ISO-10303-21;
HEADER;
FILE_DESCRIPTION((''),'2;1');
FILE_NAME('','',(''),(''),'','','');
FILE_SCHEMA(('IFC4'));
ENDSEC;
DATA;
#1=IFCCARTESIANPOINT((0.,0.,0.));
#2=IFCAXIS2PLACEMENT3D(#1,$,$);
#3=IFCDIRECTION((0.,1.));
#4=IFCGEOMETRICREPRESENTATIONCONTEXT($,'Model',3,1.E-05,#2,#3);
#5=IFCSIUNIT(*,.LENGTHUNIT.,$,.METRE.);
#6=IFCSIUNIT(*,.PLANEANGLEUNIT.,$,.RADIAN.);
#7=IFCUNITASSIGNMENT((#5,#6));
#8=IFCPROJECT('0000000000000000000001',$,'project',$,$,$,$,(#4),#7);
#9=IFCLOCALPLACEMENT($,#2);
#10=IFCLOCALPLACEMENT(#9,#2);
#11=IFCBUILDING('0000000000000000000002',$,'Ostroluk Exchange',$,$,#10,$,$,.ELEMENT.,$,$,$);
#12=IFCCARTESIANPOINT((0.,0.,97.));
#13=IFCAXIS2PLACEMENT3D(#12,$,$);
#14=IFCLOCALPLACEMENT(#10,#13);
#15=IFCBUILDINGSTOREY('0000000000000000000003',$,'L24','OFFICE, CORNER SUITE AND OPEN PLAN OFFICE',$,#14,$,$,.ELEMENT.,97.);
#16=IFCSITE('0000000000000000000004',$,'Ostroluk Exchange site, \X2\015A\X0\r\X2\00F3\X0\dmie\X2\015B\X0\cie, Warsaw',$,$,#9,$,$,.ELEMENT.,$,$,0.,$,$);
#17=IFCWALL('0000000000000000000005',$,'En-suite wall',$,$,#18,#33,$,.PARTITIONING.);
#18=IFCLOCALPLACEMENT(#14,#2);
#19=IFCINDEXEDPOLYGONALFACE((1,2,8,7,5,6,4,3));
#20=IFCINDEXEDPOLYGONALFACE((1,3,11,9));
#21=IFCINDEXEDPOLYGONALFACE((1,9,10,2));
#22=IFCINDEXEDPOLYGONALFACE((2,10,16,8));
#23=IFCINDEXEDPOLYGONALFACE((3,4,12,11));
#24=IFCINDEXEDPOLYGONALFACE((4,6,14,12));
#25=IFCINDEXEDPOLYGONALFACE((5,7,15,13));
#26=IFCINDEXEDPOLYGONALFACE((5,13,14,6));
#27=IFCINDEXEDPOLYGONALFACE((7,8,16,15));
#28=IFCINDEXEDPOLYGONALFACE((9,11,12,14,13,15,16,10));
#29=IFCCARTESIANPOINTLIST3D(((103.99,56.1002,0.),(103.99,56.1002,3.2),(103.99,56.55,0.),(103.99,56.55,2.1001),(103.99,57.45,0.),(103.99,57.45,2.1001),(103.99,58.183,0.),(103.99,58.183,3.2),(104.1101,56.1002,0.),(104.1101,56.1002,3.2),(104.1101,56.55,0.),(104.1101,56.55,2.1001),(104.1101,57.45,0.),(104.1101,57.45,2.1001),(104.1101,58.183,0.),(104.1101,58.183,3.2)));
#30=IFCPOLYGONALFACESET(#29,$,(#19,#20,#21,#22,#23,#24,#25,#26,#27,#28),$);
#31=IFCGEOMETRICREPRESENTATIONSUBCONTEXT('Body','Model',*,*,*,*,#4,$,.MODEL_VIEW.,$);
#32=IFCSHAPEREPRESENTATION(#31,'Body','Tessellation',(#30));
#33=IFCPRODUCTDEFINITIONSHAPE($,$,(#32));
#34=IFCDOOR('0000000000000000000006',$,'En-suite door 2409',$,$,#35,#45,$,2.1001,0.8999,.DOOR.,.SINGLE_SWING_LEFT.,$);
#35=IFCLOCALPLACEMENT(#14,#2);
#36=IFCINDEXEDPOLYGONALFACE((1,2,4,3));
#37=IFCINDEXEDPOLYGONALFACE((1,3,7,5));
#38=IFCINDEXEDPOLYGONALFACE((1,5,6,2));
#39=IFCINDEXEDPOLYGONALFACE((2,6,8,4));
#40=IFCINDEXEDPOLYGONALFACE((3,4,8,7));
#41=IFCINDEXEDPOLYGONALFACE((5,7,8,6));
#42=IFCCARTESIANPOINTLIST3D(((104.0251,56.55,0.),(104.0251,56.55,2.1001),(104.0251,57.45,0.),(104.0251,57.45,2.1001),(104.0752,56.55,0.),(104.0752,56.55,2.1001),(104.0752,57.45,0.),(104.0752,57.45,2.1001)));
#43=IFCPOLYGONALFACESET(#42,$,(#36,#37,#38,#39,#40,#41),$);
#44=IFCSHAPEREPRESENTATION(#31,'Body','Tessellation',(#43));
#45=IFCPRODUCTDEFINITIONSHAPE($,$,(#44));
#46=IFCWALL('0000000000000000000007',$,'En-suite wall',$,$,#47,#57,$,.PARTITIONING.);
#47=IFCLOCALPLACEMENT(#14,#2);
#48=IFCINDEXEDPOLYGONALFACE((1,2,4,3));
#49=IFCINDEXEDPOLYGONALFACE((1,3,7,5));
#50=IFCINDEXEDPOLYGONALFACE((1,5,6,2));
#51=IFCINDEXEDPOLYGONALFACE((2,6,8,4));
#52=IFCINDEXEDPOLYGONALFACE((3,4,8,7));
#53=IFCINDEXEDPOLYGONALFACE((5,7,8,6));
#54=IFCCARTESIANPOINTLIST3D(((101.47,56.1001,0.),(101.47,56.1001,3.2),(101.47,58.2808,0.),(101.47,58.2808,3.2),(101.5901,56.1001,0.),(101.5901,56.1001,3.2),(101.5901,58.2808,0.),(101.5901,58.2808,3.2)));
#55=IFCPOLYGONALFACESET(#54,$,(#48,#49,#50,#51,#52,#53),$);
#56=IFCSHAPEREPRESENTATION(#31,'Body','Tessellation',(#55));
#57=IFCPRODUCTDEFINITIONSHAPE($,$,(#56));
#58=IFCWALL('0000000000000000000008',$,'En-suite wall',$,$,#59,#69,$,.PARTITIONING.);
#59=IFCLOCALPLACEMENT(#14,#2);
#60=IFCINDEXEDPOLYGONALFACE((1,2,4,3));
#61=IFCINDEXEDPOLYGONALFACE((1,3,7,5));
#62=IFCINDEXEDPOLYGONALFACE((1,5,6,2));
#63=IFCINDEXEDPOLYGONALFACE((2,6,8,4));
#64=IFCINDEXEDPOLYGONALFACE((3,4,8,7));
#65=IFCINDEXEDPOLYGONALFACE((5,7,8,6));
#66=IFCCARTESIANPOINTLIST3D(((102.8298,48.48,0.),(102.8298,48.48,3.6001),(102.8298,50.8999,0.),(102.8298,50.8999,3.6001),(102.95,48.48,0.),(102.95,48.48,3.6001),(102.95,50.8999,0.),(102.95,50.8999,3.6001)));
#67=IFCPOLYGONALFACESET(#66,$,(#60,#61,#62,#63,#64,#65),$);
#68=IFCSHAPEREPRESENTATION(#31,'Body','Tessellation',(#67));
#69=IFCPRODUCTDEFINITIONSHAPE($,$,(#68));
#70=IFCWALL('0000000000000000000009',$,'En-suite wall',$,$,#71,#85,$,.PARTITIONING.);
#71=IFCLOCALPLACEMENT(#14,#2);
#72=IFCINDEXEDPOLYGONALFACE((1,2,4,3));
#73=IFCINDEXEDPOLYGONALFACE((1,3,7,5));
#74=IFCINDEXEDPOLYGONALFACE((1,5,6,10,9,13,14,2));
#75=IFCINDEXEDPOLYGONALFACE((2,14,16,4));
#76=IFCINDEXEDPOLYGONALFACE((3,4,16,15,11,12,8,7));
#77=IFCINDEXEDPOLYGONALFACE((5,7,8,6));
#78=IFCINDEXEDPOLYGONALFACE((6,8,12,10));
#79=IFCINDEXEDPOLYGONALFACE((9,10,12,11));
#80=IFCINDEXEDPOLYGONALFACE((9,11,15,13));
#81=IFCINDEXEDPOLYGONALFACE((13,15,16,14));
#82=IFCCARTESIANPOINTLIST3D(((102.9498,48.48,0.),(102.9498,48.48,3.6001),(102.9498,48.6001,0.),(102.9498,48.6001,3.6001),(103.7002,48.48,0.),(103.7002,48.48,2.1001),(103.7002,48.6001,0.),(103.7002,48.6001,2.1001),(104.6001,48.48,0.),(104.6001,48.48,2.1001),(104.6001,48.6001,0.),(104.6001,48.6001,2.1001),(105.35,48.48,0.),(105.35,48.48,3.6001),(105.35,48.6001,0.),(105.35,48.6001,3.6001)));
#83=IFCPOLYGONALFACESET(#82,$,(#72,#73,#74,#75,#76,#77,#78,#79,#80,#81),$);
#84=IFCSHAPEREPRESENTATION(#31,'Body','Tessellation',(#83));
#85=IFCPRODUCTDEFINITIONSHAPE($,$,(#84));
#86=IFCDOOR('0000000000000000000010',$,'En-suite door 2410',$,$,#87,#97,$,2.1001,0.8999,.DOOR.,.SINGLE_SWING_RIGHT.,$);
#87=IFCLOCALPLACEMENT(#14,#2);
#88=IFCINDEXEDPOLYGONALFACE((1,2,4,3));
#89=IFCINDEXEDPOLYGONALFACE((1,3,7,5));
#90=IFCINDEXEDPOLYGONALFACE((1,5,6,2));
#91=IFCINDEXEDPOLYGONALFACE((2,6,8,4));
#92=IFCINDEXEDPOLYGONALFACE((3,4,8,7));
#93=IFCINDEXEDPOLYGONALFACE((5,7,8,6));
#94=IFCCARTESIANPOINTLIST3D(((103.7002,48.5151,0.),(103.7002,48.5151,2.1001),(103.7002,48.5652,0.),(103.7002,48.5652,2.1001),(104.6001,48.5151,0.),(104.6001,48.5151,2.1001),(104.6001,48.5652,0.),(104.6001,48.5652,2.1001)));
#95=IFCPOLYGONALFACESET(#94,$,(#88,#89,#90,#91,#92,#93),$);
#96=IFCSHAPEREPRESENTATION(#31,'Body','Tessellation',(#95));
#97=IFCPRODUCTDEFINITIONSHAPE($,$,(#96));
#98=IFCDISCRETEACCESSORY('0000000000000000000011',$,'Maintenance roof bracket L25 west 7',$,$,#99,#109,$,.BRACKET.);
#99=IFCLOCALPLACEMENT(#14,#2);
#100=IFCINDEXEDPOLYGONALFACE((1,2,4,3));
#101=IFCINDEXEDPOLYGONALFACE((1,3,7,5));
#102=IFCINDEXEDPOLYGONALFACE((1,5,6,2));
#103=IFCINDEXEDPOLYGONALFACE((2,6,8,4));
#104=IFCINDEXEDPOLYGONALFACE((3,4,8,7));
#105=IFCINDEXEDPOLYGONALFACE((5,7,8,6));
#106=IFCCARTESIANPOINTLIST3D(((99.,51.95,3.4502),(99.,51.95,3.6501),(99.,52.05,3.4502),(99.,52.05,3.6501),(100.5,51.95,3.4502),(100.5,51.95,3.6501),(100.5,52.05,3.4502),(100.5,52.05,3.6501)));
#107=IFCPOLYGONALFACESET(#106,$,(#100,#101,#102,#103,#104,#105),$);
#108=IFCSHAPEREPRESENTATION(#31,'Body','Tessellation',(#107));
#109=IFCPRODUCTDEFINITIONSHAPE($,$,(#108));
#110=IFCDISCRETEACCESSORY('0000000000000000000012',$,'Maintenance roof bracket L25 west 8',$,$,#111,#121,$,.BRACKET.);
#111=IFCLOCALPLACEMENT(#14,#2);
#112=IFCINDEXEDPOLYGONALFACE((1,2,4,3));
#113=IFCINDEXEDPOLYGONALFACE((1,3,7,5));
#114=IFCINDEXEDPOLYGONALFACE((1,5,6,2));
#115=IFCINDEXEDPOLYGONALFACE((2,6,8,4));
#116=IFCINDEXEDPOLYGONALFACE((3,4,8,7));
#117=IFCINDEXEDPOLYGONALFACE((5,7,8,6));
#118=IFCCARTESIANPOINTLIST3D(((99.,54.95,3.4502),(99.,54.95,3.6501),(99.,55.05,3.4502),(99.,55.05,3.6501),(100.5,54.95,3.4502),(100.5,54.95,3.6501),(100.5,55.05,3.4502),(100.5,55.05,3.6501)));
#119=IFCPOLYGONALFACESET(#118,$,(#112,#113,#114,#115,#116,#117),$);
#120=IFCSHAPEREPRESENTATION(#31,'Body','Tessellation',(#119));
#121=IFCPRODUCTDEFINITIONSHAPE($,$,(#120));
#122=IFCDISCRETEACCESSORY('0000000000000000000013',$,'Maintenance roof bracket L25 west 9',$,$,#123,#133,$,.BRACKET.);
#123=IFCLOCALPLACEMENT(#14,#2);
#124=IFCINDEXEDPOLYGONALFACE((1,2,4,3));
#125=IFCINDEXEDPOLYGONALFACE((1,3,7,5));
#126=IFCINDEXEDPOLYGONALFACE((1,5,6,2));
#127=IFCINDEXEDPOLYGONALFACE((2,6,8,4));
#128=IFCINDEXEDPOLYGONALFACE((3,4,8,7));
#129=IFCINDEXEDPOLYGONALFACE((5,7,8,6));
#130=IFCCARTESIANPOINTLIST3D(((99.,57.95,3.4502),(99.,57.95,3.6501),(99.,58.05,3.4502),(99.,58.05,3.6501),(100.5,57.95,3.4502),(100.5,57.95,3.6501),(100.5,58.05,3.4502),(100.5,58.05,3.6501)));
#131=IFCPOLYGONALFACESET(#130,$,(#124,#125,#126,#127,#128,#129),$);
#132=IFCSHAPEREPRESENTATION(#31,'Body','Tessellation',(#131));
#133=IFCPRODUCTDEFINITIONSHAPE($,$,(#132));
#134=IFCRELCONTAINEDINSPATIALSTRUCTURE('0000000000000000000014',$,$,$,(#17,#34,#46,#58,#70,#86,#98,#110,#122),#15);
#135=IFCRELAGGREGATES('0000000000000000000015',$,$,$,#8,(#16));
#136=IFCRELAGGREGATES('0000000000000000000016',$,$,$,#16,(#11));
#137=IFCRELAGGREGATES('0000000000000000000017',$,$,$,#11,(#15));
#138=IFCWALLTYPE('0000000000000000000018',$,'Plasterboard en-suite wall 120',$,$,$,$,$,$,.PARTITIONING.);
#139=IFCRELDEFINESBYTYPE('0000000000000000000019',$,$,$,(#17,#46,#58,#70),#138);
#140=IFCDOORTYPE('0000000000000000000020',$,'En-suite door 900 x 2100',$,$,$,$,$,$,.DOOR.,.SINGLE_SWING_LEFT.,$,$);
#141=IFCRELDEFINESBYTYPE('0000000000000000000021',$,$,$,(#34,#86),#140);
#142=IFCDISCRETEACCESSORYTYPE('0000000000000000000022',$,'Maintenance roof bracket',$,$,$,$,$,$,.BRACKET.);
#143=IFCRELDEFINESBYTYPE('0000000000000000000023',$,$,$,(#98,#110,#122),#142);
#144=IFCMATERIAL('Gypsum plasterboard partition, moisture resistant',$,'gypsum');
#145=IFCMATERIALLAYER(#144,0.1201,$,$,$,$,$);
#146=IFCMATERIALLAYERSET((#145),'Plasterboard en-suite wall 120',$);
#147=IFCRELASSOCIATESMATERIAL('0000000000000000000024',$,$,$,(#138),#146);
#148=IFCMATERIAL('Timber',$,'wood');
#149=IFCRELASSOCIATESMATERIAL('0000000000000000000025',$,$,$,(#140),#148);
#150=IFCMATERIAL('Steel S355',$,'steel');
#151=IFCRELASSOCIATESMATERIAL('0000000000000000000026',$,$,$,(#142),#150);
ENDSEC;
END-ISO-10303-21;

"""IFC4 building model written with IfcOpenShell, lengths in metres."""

from ifc_helpers import new_model, si_unit, direction, frame, frame_2d, origin, origin_2d, place, context, subcontext, project, spatial, rectangle, extrude, material, layer, layer_set, type_object, element, fill, save


model = new_model("IFC4")

# Units and contexts
model_context = context("Model", 3, precision=1e-05, world=origin(), true_north=direction((0.0, 1.0)))
body_context = subcontext(model_context, "Body", "Model", "MODEL_VIEW")
ifc_project = project(units=[si_unit("LENGTHUNIT", "METRE"), si_unit("PLANEANGLEUNIT", "RADIAN")], contexts=[model_context])

# Site, building, storey
site_placement = place(None, origin())
site = spatial("IfcSite", under=ifc_project, at=site_placement, Name="Ostroluk Exchange site, Śródmieście, Warsaw", CompositionType="ELEMENT", RefElevation=0.0)
building_placement = place(site_placement, origin())
building = spatial("IfcBuilding", under=site, at=building_placement, Name="Ostroluk Exchange", CompositionType="ELEMENT")
storey_placement = place(building_placement, frame((0.0, 0.0, 97.0)))
storey = spatial("IfcBuildingStorey", under=building, at=storey_placement, Name="L24", Description="OFFICE, CORNER SUITE AND OPEN PLAN OFFICE", CompositionType="ELEMENT", Elevation=97.0)

# Wall, opening, door
ifc_material_1 = material(Name="Gypsum plasterboard partition, moisture resistant", Category="gypsum")
ifc_layer_1 = layer(ifc_material_1, 0.1201)
ifc_layer_set_1 = layer_set([ifc_layer_1], Name="Plasterboard en-suite wall 120")
wall_type = type_object("IfcWallType", Name="Plasterboard en-suite wall 120", PredefinedType="PARTITIONING", material=ifc_layer_set_1)
wall_1_placement = place(storey_placement, frame((104.05, 56.1001, 0.0), z_axis=(0.0, 0.0, 1.0), x_axis=(0.0, 1.0, 0.0)))
wall_1 = element("IfcWall", 1, at=wall_1_placement, inside=storey, type_object=wall_type, Name="En-suite wall", PredefinedType="PARTITIONING", context=body_context, shape_type="SweptSolid", body=[
    extrude(rectangle(XDim=2.0828, YDim=0.1201, at=frame_2d((1.0415, 0.0))), origin(), (0.0, 0.0, 1.0), 3.2),
])
opening_1_placement = place(wall_1_placement, frame((0.45, 0.0, 0.0)))
opening_1 = element("IfcOpeningElement", 2, at=opening_1_placement, cuts=wall_1, PredefinedType="OPENING", context=body_context, shape_type="SweptSolid", body=[
    extrude(rectangle(XDim=0.8999, YDim=2.1001, at=frame_2d((0.45, 1.05))), frame((0.0, 0.0701, 0.0), z_axis=(0.0, -1.0, 0.0), x_axis=(1.0, 0.0, 0.0)), (0.0, 0.0, 1.0), 0.1401),
])
ifc_material_2 = material(Name="Timber", Category="wood")
door_type = type_object("IfcDoorType", Name="En-suite door 900 x 2100", OperationType="SINGLE_SWING_LEFT", PredefinedType="DOOR", material=ifc_material_2)
door_1_placement = place(opening_1_placement, origin())
door_1 = element("IfcDoor", 3, at=door_1_placement, inside=storey, type_object=door_type, Name="En-suite door 2409", OperationType="SINGLE_SWING_LEFT", OverallHeight=2.1001, OverallWidth=0.8999, PredefinedType="DOOR", context=body_context, shape_type="SweptSolid", body=[
    extrude(rectangle(XDim=0.8999, YDim=2.1001, at=frame_2d((0.45, 1.05))), frame((0.0, 0.0249, 0.0), z_axis=(0.0, -1.0, 0.0), x_axis=(1.0, 0.0, 0.0)), (0.0, 0.0, 1.0), 0.05),
])
fill(opening_1, door_1)

# Walls
wall_2_placement = place(storey_placement, frame((101.53, 56.1001, 0.0), z_axis=(0.0, 0.0, 1.0), x_axis=(0.0, 1.0, 0.0)))
element("IfcWall", 4, at=wall_2_placement, inside=storey, type_object=wall_type, Name="En-suite wall", PredefinedType="PARTITIONING", context=body_context, shape_type="SweptSolid", body=[
    extrude(rectangle(XDim=2.1807, YDim=0.1201, at=frame_2d((1.0903, 0.0))), origin(), (0.0, 0.0, 1.0), 3.2),
])
wall_3_placement = place(storey_placement, frame((102.8899, 50.8999, 0.0), z_axis=(0.0, 0.0, 1.0), x_axis=(0.0, -1.0, 0.0)))
element("IfcWall", 5, at=wall_3_placement, inside=storey, type_object=wall_type, Name="En-suite wall", PredefinedType="PARTITIONING", context=body_context, shape_type="SweptSolid", body=[
    extrude(rectangle(XDim=2.4199, YDim=0.1201, at=frame_2d((1.21, 0.0))), origin(), (0.0, 0.0, 1.0), 3.6001),
])

# Wall, opening, door
wall_4_placement = place(storey_placement, frame((105.3501, 48.54, 0.0), z_axis=(0.0, 0.0, 1.0), x_axis=(-1.0, 0.0, 0.0)))
wall_4 = element("IfcWall", 6, at=wall_4_placement, inside=storey, type_object=wall_type, Name="En-suite wall", PredefinedType="PARTITIONING", context=body_context, shape_type="SweptSolid", body=[
    extrude(rectangle(XDim=2.4001, YDim=0.1201, at=frame_2d((1.2002, 0.0))), origin(), (0.0, 0.0, 1.0), 3.6001),
])
opening_2_placement = place(wall_4_placement, frame((0.75, 0.0, 0.0)))
opening_2 = element("IfcOpeningElement", 7, at=opening_2_placement, cuts=wall_4, PredefinedType="OPENING", context=body_context, shape_type="SweptSolid", body=[
    extrude(rectangle(XDim=0.8999, YDim=2.1001, at=frame_2d((0.45, 1.05))), frame((0.0, 0.0701, 0.0), z_axis=(0.0, -1.0, 0.0), x_axis=(1.0, 0.0, 0.0)), (0.0, 0.0, 1.0), 0.1401),
])
door_2_placement = place(opening_2_placement, origin())
door_2 = element("IfcDoor", 8, at=door_2_placement, inside=storey, type_object=door_type, Name="En-suite door 2410", OperationType="SINGLE_SWING_RIGHT", OverallHeight=2.1001, OverallWidth=0.8999, PredefinedType="DOOR", context=body_context, shape_type="SweptSolid", body=[
    extrude(rectangle(XDim=0.8999, YDim=2.1001, at=frame_2d((0.45, 1.05))), frame((0.0, 0.0249, 0.0), z_axis=(0.0, -1.0, 0.0), x_axis=(1.0, 0.0, 0.0)), (0.0, 0.0, 1.0), 0.05),
])
fill(opening_2, door_2)

# Discrete accessories
ifc_material_3 = material(Name="Steel S355", Category="steel")
discrete_accessory_type = type_object("IfcDiscreteAccessoryType", Name="Maintenance roof bracket", PredefinedType="BRACKET", material=ifc_material_3)
for number, where, z_axis, x_axis, name in (
    (9, (99.75, 52.0, 3.4502), (0.0, 0.0, 1.0), (1.0, 0.0, 0.0), "Maintenance roof bracket L25 west 7"),
    (10, (99.75, 55.0, 3.4502), (0.0, 0.0, 1.0), (1.0, 0.0, 0.0), "Maintenance roof bracket L25 west 8"),
    (11, (99.75, 58.0, 3.4502), (0.0, 0.0, 1.0), (1.0, 0.0, 0.0), "Maintenance roof bracket L25 west 9"),
):
    element("IfcDiscreteAccessory", number, at=place(storey_placement, frame(where, z_axis=z_axis, x_axis=x_axis)), inside=storey, type_object=discrete_accessory_type, Name=name, PredefinedType="BRACKET", context=body_context, shape_type="SweptSolid", body=[
        extrude(rectangle(XDim=1.5, YDim=0.1001, at=origin_2d()), origin(), (0.0, 0.0, 1.0), 0.2),
    ])

save(model, "model.ifc")
